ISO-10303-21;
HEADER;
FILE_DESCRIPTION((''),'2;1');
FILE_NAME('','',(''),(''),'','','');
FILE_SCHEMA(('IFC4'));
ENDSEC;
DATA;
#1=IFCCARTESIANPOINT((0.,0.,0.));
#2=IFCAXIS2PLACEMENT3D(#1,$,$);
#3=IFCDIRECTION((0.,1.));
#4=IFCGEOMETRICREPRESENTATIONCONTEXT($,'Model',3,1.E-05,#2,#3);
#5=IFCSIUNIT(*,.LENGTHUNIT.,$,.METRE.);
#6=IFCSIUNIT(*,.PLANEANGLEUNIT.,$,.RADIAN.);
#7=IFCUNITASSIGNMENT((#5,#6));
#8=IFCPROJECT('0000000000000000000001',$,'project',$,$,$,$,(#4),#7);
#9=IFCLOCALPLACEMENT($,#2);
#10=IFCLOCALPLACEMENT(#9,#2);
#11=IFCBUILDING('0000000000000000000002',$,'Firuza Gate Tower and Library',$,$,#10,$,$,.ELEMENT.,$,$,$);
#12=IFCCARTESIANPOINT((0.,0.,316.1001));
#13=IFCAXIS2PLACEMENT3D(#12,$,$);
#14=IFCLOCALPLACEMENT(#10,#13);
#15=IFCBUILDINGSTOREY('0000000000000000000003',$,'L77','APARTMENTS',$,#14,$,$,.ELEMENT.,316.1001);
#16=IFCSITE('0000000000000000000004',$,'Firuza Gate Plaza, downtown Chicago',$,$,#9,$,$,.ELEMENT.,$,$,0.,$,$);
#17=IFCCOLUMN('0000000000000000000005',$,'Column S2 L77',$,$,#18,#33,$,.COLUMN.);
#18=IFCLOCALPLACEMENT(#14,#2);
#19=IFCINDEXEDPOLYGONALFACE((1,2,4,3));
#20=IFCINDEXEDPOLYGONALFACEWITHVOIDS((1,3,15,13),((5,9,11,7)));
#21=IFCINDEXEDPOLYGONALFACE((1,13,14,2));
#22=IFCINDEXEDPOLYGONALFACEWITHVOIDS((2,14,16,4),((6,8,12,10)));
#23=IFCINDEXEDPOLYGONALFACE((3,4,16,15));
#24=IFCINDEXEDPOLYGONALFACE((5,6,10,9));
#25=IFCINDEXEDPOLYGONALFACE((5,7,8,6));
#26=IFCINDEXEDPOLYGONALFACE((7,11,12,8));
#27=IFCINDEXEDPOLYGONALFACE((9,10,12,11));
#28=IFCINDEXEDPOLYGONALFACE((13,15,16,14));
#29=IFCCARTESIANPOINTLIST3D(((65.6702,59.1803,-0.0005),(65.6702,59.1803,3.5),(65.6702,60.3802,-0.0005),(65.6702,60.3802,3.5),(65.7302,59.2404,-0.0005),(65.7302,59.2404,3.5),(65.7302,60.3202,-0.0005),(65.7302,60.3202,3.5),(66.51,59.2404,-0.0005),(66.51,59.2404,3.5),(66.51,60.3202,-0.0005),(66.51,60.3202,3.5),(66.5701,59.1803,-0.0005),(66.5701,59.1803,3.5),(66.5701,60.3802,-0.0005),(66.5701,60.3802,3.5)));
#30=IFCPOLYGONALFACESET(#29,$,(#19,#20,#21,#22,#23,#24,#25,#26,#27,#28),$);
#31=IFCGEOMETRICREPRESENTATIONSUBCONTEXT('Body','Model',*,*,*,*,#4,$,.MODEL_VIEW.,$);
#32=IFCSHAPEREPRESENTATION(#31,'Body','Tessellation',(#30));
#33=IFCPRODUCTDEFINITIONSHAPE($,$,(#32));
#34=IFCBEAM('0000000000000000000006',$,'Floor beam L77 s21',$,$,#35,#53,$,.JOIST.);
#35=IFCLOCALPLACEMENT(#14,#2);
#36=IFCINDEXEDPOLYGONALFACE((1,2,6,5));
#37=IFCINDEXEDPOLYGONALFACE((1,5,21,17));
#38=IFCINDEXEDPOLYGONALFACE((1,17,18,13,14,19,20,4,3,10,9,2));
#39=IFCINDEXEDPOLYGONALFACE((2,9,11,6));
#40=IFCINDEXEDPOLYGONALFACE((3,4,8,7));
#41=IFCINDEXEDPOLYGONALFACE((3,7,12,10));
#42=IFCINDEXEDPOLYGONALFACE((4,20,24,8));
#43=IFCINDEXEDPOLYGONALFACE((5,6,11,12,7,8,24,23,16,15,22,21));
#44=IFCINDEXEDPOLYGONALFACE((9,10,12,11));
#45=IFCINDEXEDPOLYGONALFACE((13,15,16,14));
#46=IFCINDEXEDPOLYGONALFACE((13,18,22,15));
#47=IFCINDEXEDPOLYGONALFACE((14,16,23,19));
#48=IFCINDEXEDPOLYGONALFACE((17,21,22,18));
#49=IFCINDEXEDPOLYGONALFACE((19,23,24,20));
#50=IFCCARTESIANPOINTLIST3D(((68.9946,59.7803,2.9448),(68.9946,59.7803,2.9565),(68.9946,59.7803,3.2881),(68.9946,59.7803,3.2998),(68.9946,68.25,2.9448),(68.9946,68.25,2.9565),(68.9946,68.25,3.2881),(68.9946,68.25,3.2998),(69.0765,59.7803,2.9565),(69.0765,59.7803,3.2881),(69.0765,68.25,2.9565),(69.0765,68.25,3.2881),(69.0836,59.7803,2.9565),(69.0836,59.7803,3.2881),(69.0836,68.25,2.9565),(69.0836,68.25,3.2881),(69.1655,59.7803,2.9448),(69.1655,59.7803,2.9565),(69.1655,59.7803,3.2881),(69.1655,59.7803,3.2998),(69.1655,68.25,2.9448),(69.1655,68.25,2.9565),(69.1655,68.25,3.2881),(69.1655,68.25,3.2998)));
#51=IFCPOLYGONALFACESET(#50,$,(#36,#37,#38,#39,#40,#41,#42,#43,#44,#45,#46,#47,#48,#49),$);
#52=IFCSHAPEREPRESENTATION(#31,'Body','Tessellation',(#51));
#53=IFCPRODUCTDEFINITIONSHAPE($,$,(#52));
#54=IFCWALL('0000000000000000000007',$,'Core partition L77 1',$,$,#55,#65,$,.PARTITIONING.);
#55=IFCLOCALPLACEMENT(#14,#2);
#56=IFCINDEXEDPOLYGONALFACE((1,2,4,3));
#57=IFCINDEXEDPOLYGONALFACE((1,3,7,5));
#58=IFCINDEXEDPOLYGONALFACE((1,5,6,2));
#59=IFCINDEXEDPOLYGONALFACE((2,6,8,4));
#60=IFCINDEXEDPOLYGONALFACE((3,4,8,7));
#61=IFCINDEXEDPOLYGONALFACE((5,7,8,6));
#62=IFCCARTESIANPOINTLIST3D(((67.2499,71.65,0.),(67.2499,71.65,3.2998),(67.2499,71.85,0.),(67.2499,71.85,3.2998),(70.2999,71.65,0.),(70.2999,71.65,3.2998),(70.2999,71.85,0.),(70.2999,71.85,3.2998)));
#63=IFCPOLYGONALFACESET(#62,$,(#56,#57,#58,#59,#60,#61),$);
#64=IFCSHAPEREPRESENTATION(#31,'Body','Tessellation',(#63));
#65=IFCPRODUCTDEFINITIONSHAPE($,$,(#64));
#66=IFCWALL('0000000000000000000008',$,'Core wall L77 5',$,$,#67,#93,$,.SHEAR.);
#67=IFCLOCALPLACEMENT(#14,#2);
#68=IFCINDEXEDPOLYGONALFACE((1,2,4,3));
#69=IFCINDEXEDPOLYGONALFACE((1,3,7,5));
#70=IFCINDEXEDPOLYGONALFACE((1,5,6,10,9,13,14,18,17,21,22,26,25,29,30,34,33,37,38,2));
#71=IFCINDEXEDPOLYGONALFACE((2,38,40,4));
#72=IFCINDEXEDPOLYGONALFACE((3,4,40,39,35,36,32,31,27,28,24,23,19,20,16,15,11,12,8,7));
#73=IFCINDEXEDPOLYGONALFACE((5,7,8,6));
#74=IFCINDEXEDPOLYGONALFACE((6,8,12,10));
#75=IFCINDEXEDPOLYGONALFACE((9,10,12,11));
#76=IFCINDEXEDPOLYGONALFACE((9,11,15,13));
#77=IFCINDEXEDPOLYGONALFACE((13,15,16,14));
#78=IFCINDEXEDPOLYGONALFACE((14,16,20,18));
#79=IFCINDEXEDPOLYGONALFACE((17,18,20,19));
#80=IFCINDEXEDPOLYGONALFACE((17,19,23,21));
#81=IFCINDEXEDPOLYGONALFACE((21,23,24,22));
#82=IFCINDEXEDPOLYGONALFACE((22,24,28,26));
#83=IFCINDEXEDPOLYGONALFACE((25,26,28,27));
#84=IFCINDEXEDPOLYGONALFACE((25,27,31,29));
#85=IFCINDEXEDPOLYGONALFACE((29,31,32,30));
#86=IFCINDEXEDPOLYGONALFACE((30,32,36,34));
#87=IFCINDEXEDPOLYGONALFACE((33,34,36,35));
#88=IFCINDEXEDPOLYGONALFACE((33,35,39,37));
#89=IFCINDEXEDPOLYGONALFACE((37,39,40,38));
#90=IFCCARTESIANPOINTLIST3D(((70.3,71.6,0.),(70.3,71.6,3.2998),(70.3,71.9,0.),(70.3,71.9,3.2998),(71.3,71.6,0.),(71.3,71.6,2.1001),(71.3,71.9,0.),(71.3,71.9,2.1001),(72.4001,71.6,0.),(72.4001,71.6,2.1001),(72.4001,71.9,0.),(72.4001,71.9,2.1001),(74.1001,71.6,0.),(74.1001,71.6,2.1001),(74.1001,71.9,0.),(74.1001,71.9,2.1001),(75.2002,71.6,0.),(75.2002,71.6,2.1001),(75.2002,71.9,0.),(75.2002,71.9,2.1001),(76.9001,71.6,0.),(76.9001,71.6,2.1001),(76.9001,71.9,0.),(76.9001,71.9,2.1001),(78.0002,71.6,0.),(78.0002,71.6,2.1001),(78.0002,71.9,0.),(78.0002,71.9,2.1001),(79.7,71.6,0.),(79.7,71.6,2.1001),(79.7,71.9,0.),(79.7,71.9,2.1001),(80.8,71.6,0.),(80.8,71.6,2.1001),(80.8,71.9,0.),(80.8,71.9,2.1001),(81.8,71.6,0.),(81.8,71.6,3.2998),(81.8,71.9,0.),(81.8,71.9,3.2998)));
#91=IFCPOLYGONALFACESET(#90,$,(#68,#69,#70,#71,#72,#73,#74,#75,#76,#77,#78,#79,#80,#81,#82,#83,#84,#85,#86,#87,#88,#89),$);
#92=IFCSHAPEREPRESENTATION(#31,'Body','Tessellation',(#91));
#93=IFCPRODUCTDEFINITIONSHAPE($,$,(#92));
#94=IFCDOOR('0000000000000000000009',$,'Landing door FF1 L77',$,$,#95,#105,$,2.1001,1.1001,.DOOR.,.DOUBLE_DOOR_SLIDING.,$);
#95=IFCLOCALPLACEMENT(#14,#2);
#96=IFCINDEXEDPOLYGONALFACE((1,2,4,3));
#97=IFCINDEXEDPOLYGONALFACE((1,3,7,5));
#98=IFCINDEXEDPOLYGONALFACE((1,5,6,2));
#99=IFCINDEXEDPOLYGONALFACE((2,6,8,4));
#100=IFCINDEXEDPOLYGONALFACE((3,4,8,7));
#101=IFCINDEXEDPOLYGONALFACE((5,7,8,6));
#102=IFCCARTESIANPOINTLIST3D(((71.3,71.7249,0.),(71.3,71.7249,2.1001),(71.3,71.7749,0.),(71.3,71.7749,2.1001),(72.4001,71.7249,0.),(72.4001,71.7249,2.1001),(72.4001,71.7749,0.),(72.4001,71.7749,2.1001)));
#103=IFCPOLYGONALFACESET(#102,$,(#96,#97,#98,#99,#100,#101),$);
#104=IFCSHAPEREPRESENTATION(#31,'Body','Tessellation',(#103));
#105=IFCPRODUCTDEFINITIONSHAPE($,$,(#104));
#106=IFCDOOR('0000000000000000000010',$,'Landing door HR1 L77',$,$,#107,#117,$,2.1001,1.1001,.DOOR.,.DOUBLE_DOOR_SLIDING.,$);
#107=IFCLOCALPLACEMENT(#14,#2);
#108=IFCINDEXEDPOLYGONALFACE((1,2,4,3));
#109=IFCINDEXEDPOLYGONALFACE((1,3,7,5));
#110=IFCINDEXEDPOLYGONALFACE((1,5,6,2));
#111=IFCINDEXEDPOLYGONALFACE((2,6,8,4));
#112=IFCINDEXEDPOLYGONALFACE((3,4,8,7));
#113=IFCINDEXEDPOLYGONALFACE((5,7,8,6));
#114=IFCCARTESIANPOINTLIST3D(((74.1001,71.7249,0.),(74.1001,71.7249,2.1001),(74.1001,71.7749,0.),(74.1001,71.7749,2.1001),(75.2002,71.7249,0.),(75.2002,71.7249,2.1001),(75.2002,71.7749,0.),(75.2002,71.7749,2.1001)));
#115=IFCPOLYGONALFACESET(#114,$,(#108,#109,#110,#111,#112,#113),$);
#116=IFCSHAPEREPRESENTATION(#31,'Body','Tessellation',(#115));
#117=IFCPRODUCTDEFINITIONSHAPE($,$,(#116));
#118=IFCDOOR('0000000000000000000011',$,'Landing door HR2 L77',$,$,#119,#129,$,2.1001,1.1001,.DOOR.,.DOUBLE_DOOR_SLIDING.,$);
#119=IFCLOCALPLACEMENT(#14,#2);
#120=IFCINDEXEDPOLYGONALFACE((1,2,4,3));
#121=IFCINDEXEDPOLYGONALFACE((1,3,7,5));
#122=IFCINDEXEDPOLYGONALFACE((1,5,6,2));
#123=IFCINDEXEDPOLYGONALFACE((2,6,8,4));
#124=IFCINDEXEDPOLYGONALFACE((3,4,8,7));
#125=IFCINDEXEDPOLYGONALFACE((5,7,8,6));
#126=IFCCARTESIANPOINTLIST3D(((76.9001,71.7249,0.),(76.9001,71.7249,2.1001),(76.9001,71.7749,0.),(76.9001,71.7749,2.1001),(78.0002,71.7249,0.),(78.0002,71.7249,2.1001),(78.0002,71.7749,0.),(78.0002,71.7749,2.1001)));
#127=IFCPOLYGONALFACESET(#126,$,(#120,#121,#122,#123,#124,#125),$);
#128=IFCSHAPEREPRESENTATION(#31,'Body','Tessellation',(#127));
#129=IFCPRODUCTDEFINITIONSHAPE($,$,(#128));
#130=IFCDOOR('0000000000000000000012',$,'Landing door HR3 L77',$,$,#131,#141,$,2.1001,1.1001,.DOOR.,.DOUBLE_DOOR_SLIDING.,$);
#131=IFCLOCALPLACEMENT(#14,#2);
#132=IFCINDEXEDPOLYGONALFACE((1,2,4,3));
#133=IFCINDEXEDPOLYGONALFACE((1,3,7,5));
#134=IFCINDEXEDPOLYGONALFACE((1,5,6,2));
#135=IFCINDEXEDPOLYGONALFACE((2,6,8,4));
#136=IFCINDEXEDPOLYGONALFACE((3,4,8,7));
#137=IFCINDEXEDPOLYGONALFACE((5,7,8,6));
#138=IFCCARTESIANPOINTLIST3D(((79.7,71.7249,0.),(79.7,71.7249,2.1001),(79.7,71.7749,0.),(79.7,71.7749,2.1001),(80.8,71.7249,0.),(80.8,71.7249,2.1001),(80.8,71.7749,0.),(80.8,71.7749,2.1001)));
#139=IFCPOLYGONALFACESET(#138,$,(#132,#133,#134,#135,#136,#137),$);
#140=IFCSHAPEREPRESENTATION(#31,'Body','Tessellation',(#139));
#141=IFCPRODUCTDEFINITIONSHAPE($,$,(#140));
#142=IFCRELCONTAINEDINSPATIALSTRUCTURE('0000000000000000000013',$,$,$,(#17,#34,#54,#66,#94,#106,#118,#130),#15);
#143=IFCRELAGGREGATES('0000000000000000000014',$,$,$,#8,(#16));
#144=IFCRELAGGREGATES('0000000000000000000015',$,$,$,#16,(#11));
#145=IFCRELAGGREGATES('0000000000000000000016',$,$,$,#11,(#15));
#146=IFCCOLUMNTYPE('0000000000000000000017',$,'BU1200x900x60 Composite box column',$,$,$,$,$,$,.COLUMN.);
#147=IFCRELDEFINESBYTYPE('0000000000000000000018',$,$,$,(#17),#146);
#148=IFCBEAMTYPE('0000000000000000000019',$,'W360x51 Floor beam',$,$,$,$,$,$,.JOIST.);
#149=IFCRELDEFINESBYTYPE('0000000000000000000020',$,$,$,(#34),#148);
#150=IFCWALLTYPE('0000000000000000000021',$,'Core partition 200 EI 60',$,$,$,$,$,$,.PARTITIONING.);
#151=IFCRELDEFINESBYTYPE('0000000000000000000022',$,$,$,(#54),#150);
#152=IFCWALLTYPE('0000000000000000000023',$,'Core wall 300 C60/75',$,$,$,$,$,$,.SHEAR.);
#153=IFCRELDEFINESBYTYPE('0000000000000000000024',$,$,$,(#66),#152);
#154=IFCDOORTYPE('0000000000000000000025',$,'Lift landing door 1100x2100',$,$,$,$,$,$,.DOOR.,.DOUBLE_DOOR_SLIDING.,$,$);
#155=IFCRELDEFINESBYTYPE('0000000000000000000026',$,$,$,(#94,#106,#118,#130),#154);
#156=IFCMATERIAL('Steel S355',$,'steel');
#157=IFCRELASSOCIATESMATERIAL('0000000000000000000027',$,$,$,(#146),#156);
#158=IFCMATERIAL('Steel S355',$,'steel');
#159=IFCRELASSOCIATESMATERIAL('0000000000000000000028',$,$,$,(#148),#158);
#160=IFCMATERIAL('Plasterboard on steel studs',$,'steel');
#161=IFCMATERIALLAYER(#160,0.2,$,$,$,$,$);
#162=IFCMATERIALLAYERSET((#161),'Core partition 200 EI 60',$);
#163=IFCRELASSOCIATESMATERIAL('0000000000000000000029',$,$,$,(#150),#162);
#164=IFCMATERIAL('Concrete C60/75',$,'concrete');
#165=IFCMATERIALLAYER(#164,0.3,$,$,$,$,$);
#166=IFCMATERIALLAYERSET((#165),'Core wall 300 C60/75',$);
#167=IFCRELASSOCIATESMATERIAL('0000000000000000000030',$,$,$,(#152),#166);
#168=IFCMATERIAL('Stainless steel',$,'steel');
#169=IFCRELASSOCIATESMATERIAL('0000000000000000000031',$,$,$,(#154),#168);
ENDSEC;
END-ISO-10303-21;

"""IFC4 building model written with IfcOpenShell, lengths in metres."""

from ifc_helpers import new_model, si_unit, direction, frame, frame_2d, origin, origin_2d, place, context, subcontext, project, spatial, rectangle, hollow_rectangle, i_section, extrude, material, layer, layer_set, material_profile, profile_set, type_object, element, fill, save


model = new_model("IFC4")

# Units and contexts
model_context = context("Model", 3, precision=1e-05, world=origin(), true_north=direction((0.0, 1.0)))
body_context = subcontext(model_context, "Body", "Model", "MODEL_VIEW")
ifc_project = project(units=[si_unit("LENGTHUNIT", "METRE"), si_unit("PLANEANGLEUNIT", "RADIAN")], contexts=[model_context])

# Site, building, storey
site_placement = place(None, origin())
site = spatial("IfcSite", under=ifc_project, at=site_placement, Name="Firuza Gate Plaza, downtown Chicago", CompositionType="ELEMENT", RefElevation=0.0)
building_placement = place(site_placement, origin())
building = spatial("IfcBuilding", under=site, at=building_placement, Name="Firuza Gate Tower and Library", CompositionType="ELEMENT")
storey_placement = place(building_placement, frame((0.0, 0.0, 316.1001)))
storey = spatial("IfcBuildingStorey", under=building, at=storey_placement, Name="L77", Description="APARTMENTS", CompositionType="ELEMENT", Elevation=316.1001)

# Column
ifc_material_1 = material(Name="Steel S355", Category="steel")
ifc_material_profile_1 = material_profile(ifc_material_1, hollow_rectangle(XDim=0.8999, YDim=1.2, WallThickness=0.0601, at=origin_2d()))
ifc_profile_set_1 = profile_set([ifc_material_profile_1], Name="Steel S355")
column_type = type_object("IfcColumnType", Name="BU1200x900x60 Composite box column", PredefinedType="COLUMN", material=ifc_profile_set_1)
column_placement = place(storey_placement, frame((66.1201, 59.7803, -0.0005), z_axis=(0.0, 0.0, 1.0), x_axis=(1.0, 0.0, 0.0)))
element("IfcColumn", 1, at=column_placement, inside=storey, type_object=column_type, Name="Column S2 L77", PredefinedType="COLUMN", context=body_context, shape_type="SweptSolid", body=[
    extrude(hollow_rectangle(XDim=0.8999, YDim=1.2, WallThickness=0.0601, at=origin_2d()), origin(), (0.0, 0.0, 1.0), 3.5005),
])

# Beam
ifc_material_2 = material(Name="Steel S355", Category="steel")
ifc_material_profile_2 = material_profile(ifc_material_2, i_section(OverallWidth=0.1709, OverallDepth=0.355, WebThickness=0.0071, FlangeThickness=0.0117, at=origin_2d()))
ifc_profile_set_2 = profile_set([ifc_material_profile_2], Name="Steel S355")
beam_type = type_object("IfcBeamType", Name="W360x51 Floor beam", PredefinedType="JOIST", material=ifc_profile_set_2)
beam_placement = place(storey_placement, frame((69.0801, 59.7803, 3.1223), z_axis=(0.0, 1.0, 0.0), x_axis=(-1.0, 0.0, 0.0)))
element("IfcBeam", 2, at=beam_placement, inside=storey, type_object=beam_type, Name="Floor beam L77 s21", PredefinedType="JOIST", context=body_context, shape_type="SweptSolid", body=[
    extrude(i_section(OverallWidth=0.1709, OverallDepth=0.355, WebThickness=0.0071, FlangeThickness=0.0117, at=origin_2d()), origin(), (0.0, 0.0, 1.0), 8.4697),
])

# Wall
ifc_material_3 = material(Name="Plasterboard on steel studs", Category="steel")
ifc_layer_1 = layer(ifc_material_3, 0.2)
ifc_layer_set_1 = layer_set([ifc_layer_1], Name="Core partition 200 EI 60")
wall_type_1 = type_object("IfcWallType", Name="Core partition 200 EI 60", PredefinedType="PARTITIONING", material=ifc_layer_set_1)
wall_1_placement = place(storey_placement, frame((67.25, 71.75, 0.0), z_axis=(0.0, 0.0, 1.0), x_axis=(1.0, 0.0, 0.0)))
element("IfcWall", 3, at=wall_1_placement, inside=storey, type_object=wall_type_1, Name="Core partition L77 1", PredefinedType="PARTITIONING", context=body_context, shape_type="SweptSolid", body=[
    extrude(rectangle(XDim=3.05, YDim=0.2, at=frame_2d((1.5249, 0.0))), origin(), (0.0, 0.0, 1.0), 3.2998),
])

# Wall, openings, doors
ifc_material_4 = material(Name="Concrete C60/75", Category="concrete")
ifc_layer_2 = layer(ifc_material_4, 0.3)
ifc_layer_set_2 = layer_set([ifc_layer_2], Name="Core wall 300 C60/75")
wall_type_2 = type_object("IfcWallType", Name="Core wall 300 C60/75", PredefinedType="SHEAR", material=ifc_layer_set_2)
wall_2_placement = place(storey_placement, frame((70.3, 71.75, 0.0), z_axis=(0.0, 0.0, 1.0), x_axis=(1.0, 0.0, 0.0)))
wall_2 = element("IfcWall", 4, at=wall_2_placement, inside=storey, type_object=wall_type_2, Name="Core wall L77 5", PredefinedType="SHEAR", context=body_context, shape_type="SweptSolid", body=[
    extrude(rectangle(XDim=11.5, YDim=0.3, at=frame_2d((5.75, 0.0))), origin(), (0.0, 0.0, 1.0), 3.2998),
])
opening_1_placement = place(wall_2_placement, frame((1.0, 0.0, 0.0)))
opening_1 = element("IfcOpeningElement", 5, at=opening_1_placement, cuts=wall_2, PredefinedType="OPENING", context=body_context, shape_type="SweptSolid", body=[
    extrude(rectangle(XDim=1.1001, YDim=2.1001, at=frame_2d((0.55, 1.05))), frame((0.0, 0.1602, 0.0), z_axis=(0.0, -1.0, 0.0), x_axis=(1.0, 0.0, 0.0)), (0.0, 0.0, 1.0), 0.3201),
])
opening_2_placement = place(wall_2_placement, frame((3.8, 0.0, 0.0)))
opening_2 = element("IfcOpeningElement", 6, at=opening_2_placement, cuts=wall_2, PredefinedType="OPENING", context=body_context, shape_type="SweptSolid", body=[
    extrude(rectangle(XDim=1.1001, YDim=2.1001, at=frame_2d((0.55, 1.05))), frame((0.0, 0.1602, 0.0), z_axis=(0.0, -1.0, 0.0), x_axis=(1.0, 0.0, 0.0)), (0.0, 0.0, 1.0), 0.3201),
])
opening_3_placement = place(wall_2_placement, frame((6.6001, 0.0, 0.0)))
opening_3 = element("IfcOpeningElement", 7, at=opening_3_placement, cuts=wall_2, PredefinedType="OPENING", context=body_context, shape_type="SweptSolid", body=[
    extrude(rectangle(XDim=1.1001, YDim=2.1001, at=frame_2d((0.55, 1.05))), frame((0.0, 0.1602, 0.0), z_axis=(0.0, -1.0, 0.0), x_axis=(1.0, 0.0, 0.0)), (0.0, 0.0, 1.0), 0.3201),
])
opening_4_placement = place(wall_2_placement, frame((9.3999, 0.0, 0.0)))
opening_4 = element("IfcOpeningElement", 8, at=opening_4_placement, cuts=wall_2, PredefinedType="OPENING", context=body_context, shape_type="SweptSolid", body=[
    extrude(rectangle(XDim=1.1001, YDim=2.1001, at=frame_2d((0.55, 1.05))), frame((0.0, 0.1602, 0.0), z_axis=(0.0, -1.0, 0.0), x_axis=(1.0, 0.0, 0.0)), (0.0, 0.0, 1.0), 0.3201),
])
ifc_material_5 = material(Name="Stainless steel", Category="steel")
door_type_1 = type_object("IfcDoorType", Name="Lift landing door 1100x2100", OperationType="DOUBLE_DOOR_SLIDING", PredefinedType="DOOR", material=ifc_material_5)
door_1_placement = place(opening_1_placement, origin())
door_1 = element("IfcDoor", 9, at=door_1_placement, inside=storey, type_object=door_type_1, Name="Landing door FF1 L77", OperationType="DOUBLE_DOOR_SLIDING", OverallHeight=2.1001, OverallWidth=1.1001, PredefinedType="DOOR", context=body_context, shape_type="SweptSolid", body=[
    extrude(rectangle(XDim=1.1001, YDim=2.1001, at=frame_2d((0.55, 1.05))), frame((0.0, 0.0249, 0.0), z_axis=(0.0, -1.0, 0.0), x_axis=(1.0, 0.0, 0.0)), (0.0, 0.0, 1.0), 0.05),
])
fill(opening_1, door_1)
door_2_placement = place(opening_2_placement, origin())
door_2 = element("IfcDoor", 10, at=door_2_placement, inside=storey, type_object=door_type_1, Name="Landing door HR1 L77", OperationType="DOUBLE_DOOR_SLIDING", OverallHeight=2.1001, OverallWidth=1.1001, PredefinedType="DOOR", context=body_context, shape_type="SweptSolid", body=[
    extrude(rectangle(XDim=1.1001, YDim=2.1001, at=frame_2d((0.55, 1.05))), frame((0.0, 0.0249, 0.0), z_axis=(0.0, -1.0, 0.0), x_axis=(1.0, 0.0, 0.0)), (0.0, 0.0, 1.0), 0.05),
])
fill(opening_2, door_2)
door_3_placement = place(opening_3_placement, origin())
door_3 = element("IfcDoor", 11, at=door_3_placement, inside=storey, type_object=door_type_1, Name="Landing door HR2 L77", OperationType="DOUBLE_DOOR_SLIDING", OverallHeight=2.1001, OverallWidth=1.1001, PredefinedType="DOOR", context=body_context, shape_type="SweptSolid", body=[
    extrude(rectangle(XDim=1.1001, YDim=2.1001, at=frame_2d((0.55, 1.05))), frame((0.0, 0.0249, 0.0), z_axis=(0.0, -1.0, 0.0), x_axis=(1.0, 0.0, 0.0)), (0.0, 0.0, 1.0), 0.05),
])
fill(opening_3, door_3)
door_4_placement = place(opening_4_placement, origin())
door_4 = element("IfcDoor", 12, at=door_4_placement, inside=storey, type_object=door_type_1, Name="Landing door HR3 L77", OperationType="DOUBLE_DOOR_SLIDING", OverallHeight=2.1001, OverallWidth=1.1001, PredefinedType="DOOR", context=body_context, shape_type="SweptSolid", body=[
    extrude(rectangle(XDim=1.1001, YDim=2.1001, at=frame_2d((0.55, 1.05))), frame((0.0, 0.0249, 0.0), z_axis=(0.0, -1.0, 0.0), x_axis=(1.0, 0.0, 0.0)), (0.0, 0.0, 1.0), 0.05),
])
fill(opening_4, door_4)

save(model, "model.ifc")
